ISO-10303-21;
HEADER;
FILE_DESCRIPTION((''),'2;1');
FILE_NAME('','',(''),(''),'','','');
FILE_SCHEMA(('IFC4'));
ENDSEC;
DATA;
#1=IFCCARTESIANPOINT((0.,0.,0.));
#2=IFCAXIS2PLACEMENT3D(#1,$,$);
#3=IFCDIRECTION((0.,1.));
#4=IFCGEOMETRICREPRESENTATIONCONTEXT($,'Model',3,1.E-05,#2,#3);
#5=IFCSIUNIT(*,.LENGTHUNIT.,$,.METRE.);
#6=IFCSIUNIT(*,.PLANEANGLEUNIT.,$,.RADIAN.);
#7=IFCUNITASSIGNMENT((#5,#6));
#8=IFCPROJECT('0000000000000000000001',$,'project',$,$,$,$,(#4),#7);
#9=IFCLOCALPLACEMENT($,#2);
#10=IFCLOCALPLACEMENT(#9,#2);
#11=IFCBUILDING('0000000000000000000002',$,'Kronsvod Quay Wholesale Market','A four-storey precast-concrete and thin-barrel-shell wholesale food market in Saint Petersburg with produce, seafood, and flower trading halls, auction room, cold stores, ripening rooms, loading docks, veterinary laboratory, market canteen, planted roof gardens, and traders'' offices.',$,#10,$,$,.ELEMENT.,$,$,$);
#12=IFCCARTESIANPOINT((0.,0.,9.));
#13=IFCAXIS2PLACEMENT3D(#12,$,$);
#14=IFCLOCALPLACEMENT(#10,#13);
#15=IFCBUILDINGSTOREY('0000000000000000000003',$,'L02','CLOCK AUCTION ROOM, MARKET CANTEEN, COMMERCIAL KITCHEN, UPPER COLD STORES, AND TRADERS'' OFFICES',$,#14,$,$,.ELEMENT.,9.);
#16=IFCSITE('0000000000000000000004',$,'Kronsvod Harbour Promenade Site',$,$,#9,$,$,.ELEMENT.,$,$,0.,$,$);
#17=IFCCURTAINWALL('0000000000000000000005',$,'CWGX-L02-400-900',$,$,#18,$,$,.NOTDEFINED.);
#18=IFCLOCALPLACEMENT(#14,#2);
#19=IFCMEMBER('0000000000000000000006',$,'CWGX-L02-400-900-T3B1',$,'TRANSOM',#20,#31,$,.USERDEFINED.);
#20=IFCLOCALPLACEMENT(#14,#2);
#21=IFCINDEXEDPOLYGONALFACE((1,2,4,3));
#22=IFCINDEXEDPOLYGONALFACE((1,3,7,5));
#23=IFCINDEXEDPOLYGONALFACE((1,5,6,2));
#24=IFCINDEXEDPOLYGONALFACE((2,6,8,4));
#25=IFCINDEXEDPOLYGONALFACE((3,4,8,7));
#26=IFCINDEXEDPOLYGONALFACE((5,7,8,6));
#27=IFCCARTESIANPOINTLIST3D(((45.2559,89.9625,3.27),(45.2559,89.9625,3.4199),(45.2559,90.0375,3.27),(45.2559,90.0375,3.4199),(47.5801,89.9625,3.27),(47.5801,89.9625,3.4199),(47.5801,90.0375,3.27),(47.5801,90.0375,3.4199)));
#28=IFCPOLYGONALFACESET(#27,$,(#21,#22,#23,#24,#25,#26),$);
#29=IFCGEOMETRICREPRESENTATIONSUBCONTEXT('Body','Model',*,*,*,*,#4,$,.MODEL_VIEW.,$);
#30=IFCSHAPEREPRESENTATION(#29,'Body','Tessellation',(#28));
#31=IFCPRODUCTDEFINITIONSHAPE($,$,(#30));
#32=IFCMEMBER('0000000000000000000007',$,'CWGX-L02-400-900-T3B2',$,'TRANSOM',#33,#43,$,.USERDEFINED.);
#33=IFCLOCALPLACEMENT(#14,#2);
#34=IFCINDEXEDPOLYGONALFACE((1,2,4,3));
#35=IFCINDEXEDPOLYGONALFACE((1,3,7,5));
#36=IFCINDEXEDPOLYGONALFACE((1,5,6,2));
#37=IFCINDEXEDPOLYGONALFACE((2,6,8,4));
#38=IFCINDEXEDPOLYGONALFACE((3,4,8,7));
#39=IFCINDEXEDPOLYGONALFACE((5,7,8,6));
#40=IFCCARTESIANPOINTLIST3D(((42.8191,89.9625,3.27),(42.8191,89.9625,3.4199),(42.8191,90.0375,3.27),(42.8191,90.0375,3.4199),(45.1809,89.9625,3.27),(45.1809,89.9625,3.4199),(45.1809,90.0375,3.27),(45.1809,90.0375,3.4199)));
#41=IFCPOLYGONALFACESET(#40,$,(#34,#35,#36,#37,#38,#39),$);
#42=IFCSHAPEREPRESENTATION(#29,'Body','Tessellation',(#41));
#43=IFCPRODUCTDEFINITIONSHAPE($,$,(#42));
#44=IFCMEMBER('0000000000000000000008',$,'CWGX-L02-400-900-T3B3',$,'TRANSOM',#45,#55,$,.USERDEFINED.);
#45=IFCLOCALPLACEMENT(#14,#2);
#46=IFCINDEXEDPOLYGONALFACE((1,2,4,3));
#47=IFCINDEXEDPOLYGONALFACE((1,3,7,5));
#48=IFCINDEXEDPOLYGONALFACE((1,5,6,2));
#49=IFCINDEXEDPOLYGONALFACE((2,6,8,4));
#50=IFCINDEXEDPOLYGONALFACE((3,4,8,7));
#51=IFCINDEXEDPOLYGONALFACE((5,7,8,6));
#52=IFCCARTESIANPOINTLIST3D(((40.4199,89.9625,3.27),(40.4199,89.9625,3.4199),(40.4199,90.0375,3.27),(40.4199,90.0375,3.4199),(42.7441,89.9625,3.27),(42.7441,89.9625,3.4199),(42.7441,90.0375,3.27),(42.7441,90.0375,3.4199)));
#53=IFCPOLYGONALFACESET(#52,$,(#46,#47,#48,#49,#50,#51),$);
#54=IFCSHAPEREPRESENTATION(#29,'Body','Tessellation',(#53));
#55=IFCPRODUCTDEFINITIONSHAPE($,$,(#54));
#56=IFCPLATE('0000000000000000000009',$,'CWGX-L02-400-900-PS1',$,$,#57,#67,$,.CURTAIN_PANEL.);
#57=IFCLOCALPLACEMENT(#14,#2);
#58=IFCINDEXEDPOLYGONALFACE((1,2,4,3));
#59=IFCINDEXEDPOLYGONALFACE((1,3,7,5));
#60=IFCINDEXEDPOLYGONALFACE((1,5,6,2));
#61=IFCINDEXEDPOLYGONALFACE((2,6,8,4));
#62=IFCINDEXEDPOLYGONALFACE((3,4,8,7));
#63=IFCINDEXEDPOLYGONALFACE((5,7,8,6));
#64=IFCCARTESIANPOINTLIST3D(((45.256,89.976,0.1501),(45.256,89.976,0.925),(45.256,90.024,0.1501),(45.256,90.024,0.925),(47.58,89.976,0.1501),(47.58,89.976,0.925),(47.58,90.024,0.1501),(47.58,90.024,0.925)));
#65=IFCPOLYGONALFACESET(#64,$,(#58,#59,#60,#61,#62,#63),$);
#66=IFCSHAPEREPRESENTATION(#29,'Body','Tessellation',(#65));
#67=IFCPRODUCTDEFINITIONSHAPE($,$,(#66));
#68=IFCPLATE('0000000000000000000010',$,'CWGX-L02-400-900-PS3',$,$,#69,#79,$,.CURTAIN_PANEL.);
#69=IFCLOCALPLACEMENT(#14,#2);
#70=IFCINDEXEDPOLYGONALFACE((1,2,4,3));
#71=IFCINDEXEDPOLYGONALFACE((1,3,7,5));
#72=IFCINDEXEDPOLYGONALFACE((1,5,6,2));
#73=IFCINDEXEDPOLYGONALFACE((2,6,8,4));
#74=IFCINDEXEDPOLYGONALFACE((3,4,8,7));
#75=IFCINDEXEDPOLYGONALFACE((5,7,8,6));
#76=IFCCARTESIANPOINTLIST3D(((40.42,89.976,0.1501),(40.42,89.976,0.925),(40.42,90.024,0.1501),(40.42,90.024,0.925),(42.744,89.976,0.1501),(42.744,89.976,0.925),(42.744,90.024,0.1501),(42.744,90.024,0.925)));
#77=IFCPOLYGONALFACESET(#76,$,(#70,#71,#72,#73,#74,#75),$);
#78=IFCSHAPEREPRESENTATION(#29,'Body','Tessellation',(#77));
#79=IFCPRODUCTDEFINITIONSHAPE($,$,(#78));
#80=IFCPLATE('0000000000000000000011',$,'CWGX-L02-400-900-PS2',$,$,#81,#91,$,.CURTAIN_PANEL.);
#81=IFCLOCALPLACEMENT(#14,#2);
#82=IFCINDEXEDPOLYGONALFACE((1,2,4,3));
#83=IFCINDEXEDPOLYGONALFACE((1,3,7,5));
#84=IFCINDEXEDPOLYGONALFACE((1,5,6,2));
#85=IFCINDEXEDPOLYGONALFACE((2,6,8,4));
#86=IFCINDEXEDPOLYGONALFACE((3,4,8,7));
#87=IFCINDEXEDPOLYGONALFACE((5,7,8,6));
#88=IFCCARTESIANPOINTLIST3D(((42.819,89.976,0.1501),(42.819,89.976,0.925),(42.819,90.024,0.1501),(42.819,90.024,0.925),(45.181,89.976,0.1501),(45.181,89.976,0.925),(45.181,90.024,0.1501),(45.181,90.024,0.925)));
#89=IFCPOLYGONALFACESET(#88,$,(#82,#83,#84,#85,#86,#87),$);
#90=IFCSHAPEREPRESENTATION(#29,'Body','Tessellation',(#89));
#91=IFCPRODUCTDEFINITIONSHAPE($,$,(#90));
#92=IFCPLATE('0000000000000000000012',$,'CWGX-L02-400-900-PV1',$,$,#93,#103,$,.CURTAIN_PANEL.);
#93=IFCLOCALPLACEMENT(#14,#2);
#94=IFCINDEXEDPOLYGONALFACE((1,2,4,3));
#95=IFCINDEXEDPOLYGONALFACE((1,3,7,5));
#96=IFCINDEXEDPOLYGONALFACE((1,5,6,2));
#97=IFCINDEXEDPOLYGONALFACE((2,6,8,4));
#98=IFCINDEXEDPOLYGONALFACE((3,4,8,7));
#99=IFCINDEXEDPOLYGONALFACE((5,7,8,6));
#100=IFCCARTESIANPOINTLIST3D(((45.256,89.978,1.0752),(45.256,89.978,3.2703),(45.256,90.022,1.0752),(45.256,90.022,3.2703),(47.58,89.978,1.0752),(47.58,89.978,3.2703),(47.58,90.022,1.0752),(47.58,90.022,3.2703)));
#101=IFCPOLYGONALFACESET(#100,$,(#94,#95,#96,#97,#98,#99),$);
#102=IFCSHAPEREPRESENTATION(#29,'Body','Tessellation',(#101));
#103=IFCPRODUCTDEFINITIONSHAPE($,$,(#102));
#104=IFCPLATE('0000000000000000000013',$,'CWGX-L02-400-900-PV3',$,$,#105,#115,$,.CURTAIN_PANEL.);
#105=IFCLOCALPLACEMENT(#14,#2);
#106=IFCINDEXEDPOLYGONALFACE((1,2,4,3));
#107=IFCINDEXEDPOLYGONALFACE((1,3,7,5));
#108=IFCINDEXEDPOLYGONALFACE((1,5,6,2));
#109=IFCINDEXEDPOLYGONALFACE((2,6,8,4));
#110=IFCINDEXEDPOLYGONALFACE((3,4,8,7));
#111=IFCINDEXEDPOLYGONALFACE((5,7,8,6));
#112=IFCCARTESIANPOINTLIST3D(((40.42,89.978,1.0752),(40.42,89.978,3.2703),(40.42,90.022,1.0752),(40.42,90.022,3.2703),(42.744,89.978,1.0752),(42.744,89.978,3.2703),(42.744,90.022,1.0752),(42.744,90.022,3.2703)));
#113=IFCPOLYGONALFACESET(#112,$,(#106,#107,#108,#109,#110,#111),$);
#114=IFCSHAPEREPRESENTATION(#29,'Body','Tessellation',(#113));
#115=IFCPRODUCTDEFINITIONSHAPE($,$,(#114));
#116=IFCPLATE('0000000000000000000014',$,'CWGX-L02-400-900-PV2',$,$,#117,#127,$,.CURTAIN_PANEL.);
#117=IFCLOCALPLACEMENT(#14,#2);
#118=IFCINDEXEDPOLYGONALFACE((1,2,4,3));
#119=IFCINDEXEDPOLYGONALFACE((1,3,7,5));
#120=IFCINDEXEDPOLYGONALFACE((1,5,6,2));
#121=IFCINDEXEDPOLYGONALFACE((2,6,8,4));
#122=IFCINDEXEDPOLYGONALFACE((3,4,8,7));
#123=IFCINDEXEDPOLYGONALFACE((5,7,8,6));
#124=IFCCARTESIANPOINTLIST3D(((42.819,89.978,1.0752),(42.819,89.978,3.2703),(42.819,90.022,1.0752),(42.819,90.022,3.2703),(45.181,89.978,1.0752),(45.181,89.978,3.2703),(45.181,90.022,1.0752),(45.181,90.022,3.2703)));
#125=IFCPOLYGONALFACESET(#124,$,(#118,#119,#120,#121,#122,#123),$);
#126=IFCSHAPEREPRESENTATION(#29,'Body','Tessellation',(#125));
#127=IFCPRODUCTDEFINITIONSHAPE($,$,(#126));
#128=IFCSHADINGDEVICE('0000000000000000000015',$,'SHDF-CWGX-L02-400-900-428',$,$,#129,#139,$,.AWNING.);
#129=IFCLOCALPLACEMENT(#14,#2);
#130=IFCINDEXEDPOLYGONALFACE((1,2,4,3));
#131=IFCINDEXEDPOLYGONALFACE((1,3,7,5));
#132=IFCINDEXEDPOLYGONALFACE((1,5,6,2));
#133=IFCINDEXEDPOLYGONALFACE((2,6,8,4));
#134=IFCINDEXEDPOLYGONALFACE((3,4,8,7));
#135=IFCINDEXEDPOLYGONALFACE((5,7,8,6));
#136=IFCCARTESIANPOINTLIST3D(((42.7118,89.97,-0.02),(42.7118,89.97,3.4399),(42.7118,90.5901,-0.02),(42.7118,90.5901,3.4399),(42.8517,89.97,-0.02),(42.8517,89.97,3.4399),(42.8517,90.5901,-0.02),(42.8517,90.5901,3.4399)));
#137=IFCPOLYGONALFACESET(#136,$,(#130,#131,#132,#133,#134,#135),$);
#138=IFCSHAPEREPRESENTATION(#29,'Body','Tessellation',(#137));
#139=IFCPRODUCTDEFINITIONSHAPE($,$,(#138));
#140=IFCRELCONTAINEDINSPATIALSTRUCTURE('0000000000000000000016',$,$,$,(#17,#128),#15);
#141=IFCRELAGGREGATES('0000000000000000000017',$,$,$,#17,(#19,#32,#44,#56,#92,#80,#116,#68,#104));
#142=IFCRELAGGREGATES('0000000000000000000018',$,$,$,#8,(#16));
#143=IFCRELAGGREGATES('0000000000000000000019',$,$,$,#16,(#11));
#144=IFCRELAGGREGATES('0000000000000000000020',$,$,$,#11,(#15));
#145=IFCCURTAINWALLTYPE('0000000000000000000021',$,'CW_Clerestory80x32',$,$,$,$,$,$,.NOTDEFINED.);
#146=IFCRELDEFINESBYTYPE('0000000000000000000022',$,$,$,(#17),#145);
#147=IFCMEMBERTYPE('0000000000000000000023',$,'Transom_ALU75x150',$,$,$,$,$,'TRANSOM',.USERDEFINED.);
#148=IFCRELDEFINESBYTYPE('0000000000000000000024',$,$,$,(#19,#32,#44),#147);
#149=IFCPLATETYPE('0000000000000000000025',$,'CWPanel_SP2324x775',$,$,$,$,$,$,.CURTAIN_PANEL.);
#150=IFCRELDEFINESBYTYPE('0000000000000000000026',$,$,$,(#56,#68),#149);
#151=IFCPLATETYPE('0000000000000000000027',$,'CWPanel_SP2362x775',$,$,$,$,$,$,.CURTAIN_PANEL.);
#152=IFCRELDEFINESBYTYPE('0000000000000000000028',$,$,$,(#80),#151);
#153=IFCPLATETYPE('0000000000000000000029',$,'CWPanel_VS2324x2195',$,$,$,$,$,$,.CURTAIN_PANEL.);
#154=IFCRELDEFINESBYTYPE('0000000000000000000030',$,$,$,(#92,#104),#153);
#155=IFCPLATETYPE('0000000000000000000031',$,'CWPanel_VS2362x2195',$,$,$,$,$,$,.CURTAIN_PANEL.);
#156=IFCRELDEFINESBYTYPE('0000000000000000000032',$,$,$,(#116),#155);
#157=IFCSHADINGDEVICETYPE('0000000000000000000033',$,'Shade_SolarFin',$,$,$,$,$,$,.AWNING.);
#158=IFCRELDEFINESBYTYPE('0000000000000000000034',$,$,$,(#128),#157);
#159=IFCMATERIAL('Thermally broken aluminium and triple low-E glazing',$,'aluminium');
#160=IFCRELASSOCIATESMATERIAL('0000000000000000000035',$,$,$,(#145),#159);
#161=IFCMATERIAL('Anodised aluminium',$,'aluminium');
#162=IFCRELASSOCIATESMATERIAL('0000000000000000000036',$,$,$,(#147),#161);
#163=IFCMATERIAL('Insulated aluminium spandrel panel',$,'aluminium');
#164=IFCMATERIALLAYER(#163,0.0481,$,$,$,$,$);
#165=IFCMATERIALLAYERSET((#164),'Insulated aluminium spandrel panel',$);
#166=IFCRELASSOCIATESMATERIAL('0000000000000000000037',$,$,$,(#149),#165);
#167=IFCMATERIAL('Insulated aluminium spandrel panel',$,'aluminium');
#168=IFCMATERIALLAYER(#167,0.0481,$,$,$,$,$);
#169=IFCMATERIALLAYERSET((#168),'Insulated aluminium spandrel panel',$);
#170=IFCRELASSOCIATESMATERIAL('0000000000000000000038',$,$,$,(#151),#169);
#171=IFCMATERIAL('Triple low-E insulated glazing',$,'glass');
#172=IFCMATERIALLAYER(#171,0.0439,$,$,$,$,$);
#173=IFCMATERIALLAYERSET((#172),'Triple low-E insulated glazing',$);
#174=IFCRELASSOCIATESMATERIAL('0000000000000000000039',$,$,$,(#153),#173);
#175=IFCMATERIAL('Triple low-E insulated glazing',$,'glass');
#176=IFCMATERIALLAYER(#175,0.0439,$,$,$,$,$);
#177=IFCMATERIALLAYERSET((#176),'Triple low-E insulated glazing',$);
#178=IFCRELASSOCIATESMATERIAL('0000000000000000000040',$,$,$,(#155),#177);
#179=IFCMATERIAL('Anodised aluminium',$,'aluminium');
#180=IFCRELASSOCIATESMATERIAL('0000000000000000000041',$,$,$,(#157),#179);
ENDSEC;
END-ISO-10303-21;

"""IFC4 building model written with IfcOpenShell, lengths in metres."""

from ifc_helpers import new_model, si_unit, direction, frame, origin, origin_2d, place, context, subcontext, project, spatial, rectangle, extrude, material, layer, layer_set, material_profile, profile_set, type_object, element, aggregate, save


model = new_model("IFC4")

# Units and contexts
model_context = context("Model", 3, precision=1e-05, world=origin(), true_north=direction((0.0, 1.0)))
body_context = subcontext(model_context, "Body", "Model", "MODEL_VIEW")
ifc_project = project(units=[si_unit("LENGTHUNIT", "METRE"), si_unit("PLANEANGLEUNIT", "RADIAN")], contexts=[model_context])

# Site, building, storey
site_placement = place(None, origin())
site = spatial("IfcSite", under=ifc_project, at=site_placement, Name="Kronsvod Harbour Promenade Site", CompositionType="ELEMENT", RefElevation=0.0)
building_placement = place(site_placement, origin())
building = spatial("IfcBuilding", under=site, at=building_placement, Name="Kronsvod Quay Wholesale Market", Description="A four-storey precast-concrete and thin-barrel-shell wholesale food market in Saint Petersburg with produce, seafood, and flower trading halls, auction room, cold stores, ripening rooms, loading docks, veterinary laboratory, market canteen, planted roof gardens, and traders' offices.", CompositionType="ELEMENT")
storey_placement = place(building_placement, frame((0.0, 0.0, 9.0)))
storey = spatial("IfcBuildingStorey", under=building, at=storey_placement, Name="L02", Description="CLOCK AUCTION ROOM, MARKET CANTEEN, COMMERCIAL KITCHEN, UPPER COLD STORES, AND TRADERS' OFFICES", CompositionType="ELEMENT", Elevation=9.0)

# Curtain wall
ifc_material_1 = material(Name="Thermally broken aluminium and triple low-E glazing", Category="aluminium")
curtain_wall_type = type_object("IfcCurtainWallType", Name="CW_Clerestory80x32", PredefinedType="NOTDEFINED", material=ifc_material_1)
curtain_wall_1_placement = place(storey_placement, origin())
curtain_wall_1 = element("IfcCurtainWall", 1, at=curtain_wall_1_placement, inside=storey, type_object=curtain_wall_type, Name="CWGX-L02-400-900", PredefinedType="NOTDEFINED")

# Members
ifc_material_2 = material(Name="Anodised aluminium", Category="aluminium")
ifc_material_profile_1 = material_profile(ifc_material_2, rectangle(XDim=0.075, YDim=0.1499, at=origin_2d()), Name="ALUT75x150")
ifc_profile_set_1 = profile_set([ifc_material_profile_1], Name="Anodised aluminium")
member_type_1 = type_object("IfcMemberType", Name="Transom_ALU75x150", ElementType="TRANSOM", PredefinedType="USERDEFINED", material=ifc_profile_set_1)
member_1_placement = place(storey_placement, frame((47.5801, 90.0, 3.345), z_axis=(-1.0, 0.0, 0.0), x_axis=(0.0, -1.0, 0.0)))
member_1 = element("IfcMember", 2, at=member_1_placement, type_object=member_type_1, Name="CWGX-L02-400-900-T3B1", ObjectType="TRANSOM", PredefinedType="USERDEFINED", context=body_context, shape_type="SweptSolid", body=[
    extrude(rectangle(XDim=0.075, YDim=0.1499, at=origin_2d()), origin(), (0.0, 0.0, 1.0), 2.3242),
])
member_2_placement = place(storey_placement, frame((45.1809, 90.0, 3.345), z_axis=(-1.0, 0.0, 0.0), x_axis=(0.0, -1.0, 0.0)))
member_2 = element("IfcMember", 3, at=member_2_placement, type_object=member_type_1, Name="CWGX-L02-400-900-T3B2", ObjectType="TRANSOM", PredefinedType="USERDEFINED", context=body_context, shape_type="SweptSolid", body=[
    extrude(rectangle(XDim=0.075, YDim=0.1499, at=origin_2d()), origin(), (0.0, 0.0, 1.0), 2.3618),
])
member_3_placement = place(storey_placement, frame((42.7441, 90.0, 3.345), z_axis=(-1.0, 0.0, 0.0), x_axis=(0.0, -1.0, 0.0)))
member_3 = element("IfcMember", 4, at=member_3_placement, type_object=member_type_1, Name="CWGX-L02-400-900-T3B3", ObjectType="TRANSOM", PredefinedType="USERDEFINED", context=body_context, shape_type="SweptSolid", body=[
    extrude(rectangle(XDim=0.075, YDim=0.1499, at=origin_2d()), origin(), (0.0, 0.0, 1.0), 2.3242),
])

# Plates
ifc_material_3 = material(Name="Insulated aluminium spandrel panel", Category="aluminium")
ifc_layer_1 = layer(ifc_material_3, 0.0481)
ifc_layer_set_1 = layer_set([ifc_layer_1], Name="Insulated aluminium spandrel panel")
plate_type_1 = type_object("IfcPlateType", Name="CWPanel_SP2324x775", PredefinedType="CURTAIN_PANEL", material=ifc_layer_set_1)
plate_1_placement = place(storey_placement, frame((46.418, 90.0, 0.1501), z_axis=(0.0, 0.0, 1.0), x_axis=(-1.0, 0.0, 0.0)))
plate_1 = element("IfcPlate", 5, at=plate_1_placement, type_object=plate_type_1, Name="CWGX-L02-400-900-PS1", PredefinedType="CURTAIN_PANEL", context=body_context, shape_type="SweptSolid", body=[
    extrude(rectangle(XDim=2.324, YDim=0.0481, at=origin_2d()), origin(), (0.0, 0.0, 1.0), 0.7749),
])
plate_2_placement = place(storey_placement, frame((41.582, 90.0, 0.1501), z_axis=(0.0, 0.0, 1.0), x_axis=(-1.0, 0.0, 0.0)))
plate_2 = element("IfcPlate", 6, at=plate_2_placement, type_object=plate_type_1, Name="CWGX-L02-400-900-PS3", PredefinedType="CURTAIN_PANEL", context=body_context, shape_type="SweptSolid", body=[
    extrude(rectangle(XDim=2.324, YDim=0.0481, at=origin_2d()), origin(), (0.0, 0.0, 1.0), 0.7749),
])
ifc_material_4 = material(Name="Insulated aluminium spandrel panel", Category="aluminium")
ifc_layer_2 = layer(ifc_material_4, 0.0481)
ifc_layer_set_2 = layer_set([ifc_layer_2], Name="Insulated aluminium spandrel panel")
plate_type_2 = type_object("IfcPlateType", Name="CWPanel_SP2362x775", PredefinedType="CURTAIN_PANEL", material=ifc_layer_set_2)
plate_3_placement = place(storey_placement, frame((44.0, 90.0, 0.1501), z_axis=(0.0, 0.0, 1.0), x_axis=(-1.0, 0.0, 0.0)))
plate_3 = element("IfcPlate", 7, at=plate_3_placement, type_object=plate_type_2, Name="CWGX-L02-400-900-PS2", PredefinedType="CURTAIN_PANEL", context=body_context, shape_type="SweptSolid", body=[
    extrude(rectangle(XDim=2.3621, YDim=0.0481, at=origin_2d()), origin(), (0.0, 0.0, 1.0), 0.7749),
])
ifc_material_5 = material(Name="Triple low-E insulated glazing", Category="glass")
ifc_layer_3 = layer(ifc_material_5, 0.0439)
ifc_layer_set_3 = layer_set([ifc_layer_3], Name="Triple low-E insulated glazing")
plate_type_3 = type_object("IfcPlateType", Name="CWPanel_VS2324x2195", PredefinedType="CURTAIN_PANEL", material=ifc_layer_set_3)
plate_4_placement = place(storey_placement, frame((46.418, 90.0, 1.0752), z_axis=(0.0, 0.0, 1.0), x_axis=(-1.0, 0.0, 0.0)))
plate_4 = element("IfcPlate", 8, at=plate_4_placement, type_object=plate_type_3, Name="CWGX-L02-400-900-PV1", PredefinedType="CURTAIN_PANEL", context=body_context, shape_type="SweptSolid", body=[
    extrude(rectangle(XDim=2.324, YDim=0.0439, at=origin_2d()), origin(), (0.0, 0.0, 1.0), 2.1951),
])
plate_5_placement = place(storey_placement, frame((41.582, 90.0, 1.0752), z_axis=(0.0, 0.0, 1.0), x_axis=(-1.0, 0.0, 0.0)))
plate_5 = element("IfcPlate", 9, at=plate_5_placement, type_object=plate_type_3, Name="CWGX-L02-400-900-PV3", PredefinedType="CURTAIN_PANEL", context=body_context, shape_type="SweptSolid", body=[
    extrude(rectangle(XDim=2.324, YDim=0.0439, at=origin_2d()), origin(), (0.0, 0.0, 1.0), 2.1951),
])
ifc_material_6 = material(Name="Triple low-E insulated glazing", Category="glass")
ifc_layer_4 = layer(ifc_material_6, 0.0439)
ifc_layer_set_4 = layer_set([ifc_layer_4], Name="Triple low-E insulated glazing")
plate_type_4 = type_object("IfcPlateType", Name="CWPanel_VS2362x2195", PredefinedType="CURTAIN_PANEL", material=ifc_layer_set_4)
plate_6_placement = place(storey_placement, frame((44.0, 90.0, 1.0752), z_axis=(0.0, 0.0, 1.0), x_axis=(-1.0, 0.0, 0.0)))
plate_6 = element("IfcPlate", 10, at=plate_6_placement, type_object=plate_type_4, Name="CWGX-L02-400-900-PV2", PredefinedType="CURTAIN_PANEL", context=body_context, shape_type="SweptSolid", body=[
    extrude(rectangle(XDim=2.3621, YDim=0.0439, at=origin_2d()), origin(), (0.0, 0.0, 1.0), 2.1951),
])
aggregate(curtain_wall_1, [member_1, member_2, member_3, plate_1, plate_4, plate_3, plate_6, plate_2, plate_5])

# Shading device
ifc_material_7 = material(Name="Anodised aluminium", Category="aluminium")
shading_device_type = type_object("IfcShadingDeviceType", Name="Shade_SolarFin", PredefinedType="AWNING", material=ifc_material_7)
shading_device_placement = place(storey_placement, frame((42.7817, 90.28, -0.02), z_axis=(0.0, 0.0, 1.0), x_axis=(1.0, 0.0, 0.0)))
element("IfcShadingDevice", 11, at=shading_device_placement, inside=storey, type_object=shading_device_type, Name="SHDF-CWGX-L02-400-900-428", PredefinedType="AWNING", context=body_context, shape_type="SweptSolid", body=[
    extrude(rectangle(XDim=0.1399, YDim=0.6201, at=origin_2d()), origin(), (0.0, 0.0, 1.0), 3.46),
])

save(model, "model.ifc")
